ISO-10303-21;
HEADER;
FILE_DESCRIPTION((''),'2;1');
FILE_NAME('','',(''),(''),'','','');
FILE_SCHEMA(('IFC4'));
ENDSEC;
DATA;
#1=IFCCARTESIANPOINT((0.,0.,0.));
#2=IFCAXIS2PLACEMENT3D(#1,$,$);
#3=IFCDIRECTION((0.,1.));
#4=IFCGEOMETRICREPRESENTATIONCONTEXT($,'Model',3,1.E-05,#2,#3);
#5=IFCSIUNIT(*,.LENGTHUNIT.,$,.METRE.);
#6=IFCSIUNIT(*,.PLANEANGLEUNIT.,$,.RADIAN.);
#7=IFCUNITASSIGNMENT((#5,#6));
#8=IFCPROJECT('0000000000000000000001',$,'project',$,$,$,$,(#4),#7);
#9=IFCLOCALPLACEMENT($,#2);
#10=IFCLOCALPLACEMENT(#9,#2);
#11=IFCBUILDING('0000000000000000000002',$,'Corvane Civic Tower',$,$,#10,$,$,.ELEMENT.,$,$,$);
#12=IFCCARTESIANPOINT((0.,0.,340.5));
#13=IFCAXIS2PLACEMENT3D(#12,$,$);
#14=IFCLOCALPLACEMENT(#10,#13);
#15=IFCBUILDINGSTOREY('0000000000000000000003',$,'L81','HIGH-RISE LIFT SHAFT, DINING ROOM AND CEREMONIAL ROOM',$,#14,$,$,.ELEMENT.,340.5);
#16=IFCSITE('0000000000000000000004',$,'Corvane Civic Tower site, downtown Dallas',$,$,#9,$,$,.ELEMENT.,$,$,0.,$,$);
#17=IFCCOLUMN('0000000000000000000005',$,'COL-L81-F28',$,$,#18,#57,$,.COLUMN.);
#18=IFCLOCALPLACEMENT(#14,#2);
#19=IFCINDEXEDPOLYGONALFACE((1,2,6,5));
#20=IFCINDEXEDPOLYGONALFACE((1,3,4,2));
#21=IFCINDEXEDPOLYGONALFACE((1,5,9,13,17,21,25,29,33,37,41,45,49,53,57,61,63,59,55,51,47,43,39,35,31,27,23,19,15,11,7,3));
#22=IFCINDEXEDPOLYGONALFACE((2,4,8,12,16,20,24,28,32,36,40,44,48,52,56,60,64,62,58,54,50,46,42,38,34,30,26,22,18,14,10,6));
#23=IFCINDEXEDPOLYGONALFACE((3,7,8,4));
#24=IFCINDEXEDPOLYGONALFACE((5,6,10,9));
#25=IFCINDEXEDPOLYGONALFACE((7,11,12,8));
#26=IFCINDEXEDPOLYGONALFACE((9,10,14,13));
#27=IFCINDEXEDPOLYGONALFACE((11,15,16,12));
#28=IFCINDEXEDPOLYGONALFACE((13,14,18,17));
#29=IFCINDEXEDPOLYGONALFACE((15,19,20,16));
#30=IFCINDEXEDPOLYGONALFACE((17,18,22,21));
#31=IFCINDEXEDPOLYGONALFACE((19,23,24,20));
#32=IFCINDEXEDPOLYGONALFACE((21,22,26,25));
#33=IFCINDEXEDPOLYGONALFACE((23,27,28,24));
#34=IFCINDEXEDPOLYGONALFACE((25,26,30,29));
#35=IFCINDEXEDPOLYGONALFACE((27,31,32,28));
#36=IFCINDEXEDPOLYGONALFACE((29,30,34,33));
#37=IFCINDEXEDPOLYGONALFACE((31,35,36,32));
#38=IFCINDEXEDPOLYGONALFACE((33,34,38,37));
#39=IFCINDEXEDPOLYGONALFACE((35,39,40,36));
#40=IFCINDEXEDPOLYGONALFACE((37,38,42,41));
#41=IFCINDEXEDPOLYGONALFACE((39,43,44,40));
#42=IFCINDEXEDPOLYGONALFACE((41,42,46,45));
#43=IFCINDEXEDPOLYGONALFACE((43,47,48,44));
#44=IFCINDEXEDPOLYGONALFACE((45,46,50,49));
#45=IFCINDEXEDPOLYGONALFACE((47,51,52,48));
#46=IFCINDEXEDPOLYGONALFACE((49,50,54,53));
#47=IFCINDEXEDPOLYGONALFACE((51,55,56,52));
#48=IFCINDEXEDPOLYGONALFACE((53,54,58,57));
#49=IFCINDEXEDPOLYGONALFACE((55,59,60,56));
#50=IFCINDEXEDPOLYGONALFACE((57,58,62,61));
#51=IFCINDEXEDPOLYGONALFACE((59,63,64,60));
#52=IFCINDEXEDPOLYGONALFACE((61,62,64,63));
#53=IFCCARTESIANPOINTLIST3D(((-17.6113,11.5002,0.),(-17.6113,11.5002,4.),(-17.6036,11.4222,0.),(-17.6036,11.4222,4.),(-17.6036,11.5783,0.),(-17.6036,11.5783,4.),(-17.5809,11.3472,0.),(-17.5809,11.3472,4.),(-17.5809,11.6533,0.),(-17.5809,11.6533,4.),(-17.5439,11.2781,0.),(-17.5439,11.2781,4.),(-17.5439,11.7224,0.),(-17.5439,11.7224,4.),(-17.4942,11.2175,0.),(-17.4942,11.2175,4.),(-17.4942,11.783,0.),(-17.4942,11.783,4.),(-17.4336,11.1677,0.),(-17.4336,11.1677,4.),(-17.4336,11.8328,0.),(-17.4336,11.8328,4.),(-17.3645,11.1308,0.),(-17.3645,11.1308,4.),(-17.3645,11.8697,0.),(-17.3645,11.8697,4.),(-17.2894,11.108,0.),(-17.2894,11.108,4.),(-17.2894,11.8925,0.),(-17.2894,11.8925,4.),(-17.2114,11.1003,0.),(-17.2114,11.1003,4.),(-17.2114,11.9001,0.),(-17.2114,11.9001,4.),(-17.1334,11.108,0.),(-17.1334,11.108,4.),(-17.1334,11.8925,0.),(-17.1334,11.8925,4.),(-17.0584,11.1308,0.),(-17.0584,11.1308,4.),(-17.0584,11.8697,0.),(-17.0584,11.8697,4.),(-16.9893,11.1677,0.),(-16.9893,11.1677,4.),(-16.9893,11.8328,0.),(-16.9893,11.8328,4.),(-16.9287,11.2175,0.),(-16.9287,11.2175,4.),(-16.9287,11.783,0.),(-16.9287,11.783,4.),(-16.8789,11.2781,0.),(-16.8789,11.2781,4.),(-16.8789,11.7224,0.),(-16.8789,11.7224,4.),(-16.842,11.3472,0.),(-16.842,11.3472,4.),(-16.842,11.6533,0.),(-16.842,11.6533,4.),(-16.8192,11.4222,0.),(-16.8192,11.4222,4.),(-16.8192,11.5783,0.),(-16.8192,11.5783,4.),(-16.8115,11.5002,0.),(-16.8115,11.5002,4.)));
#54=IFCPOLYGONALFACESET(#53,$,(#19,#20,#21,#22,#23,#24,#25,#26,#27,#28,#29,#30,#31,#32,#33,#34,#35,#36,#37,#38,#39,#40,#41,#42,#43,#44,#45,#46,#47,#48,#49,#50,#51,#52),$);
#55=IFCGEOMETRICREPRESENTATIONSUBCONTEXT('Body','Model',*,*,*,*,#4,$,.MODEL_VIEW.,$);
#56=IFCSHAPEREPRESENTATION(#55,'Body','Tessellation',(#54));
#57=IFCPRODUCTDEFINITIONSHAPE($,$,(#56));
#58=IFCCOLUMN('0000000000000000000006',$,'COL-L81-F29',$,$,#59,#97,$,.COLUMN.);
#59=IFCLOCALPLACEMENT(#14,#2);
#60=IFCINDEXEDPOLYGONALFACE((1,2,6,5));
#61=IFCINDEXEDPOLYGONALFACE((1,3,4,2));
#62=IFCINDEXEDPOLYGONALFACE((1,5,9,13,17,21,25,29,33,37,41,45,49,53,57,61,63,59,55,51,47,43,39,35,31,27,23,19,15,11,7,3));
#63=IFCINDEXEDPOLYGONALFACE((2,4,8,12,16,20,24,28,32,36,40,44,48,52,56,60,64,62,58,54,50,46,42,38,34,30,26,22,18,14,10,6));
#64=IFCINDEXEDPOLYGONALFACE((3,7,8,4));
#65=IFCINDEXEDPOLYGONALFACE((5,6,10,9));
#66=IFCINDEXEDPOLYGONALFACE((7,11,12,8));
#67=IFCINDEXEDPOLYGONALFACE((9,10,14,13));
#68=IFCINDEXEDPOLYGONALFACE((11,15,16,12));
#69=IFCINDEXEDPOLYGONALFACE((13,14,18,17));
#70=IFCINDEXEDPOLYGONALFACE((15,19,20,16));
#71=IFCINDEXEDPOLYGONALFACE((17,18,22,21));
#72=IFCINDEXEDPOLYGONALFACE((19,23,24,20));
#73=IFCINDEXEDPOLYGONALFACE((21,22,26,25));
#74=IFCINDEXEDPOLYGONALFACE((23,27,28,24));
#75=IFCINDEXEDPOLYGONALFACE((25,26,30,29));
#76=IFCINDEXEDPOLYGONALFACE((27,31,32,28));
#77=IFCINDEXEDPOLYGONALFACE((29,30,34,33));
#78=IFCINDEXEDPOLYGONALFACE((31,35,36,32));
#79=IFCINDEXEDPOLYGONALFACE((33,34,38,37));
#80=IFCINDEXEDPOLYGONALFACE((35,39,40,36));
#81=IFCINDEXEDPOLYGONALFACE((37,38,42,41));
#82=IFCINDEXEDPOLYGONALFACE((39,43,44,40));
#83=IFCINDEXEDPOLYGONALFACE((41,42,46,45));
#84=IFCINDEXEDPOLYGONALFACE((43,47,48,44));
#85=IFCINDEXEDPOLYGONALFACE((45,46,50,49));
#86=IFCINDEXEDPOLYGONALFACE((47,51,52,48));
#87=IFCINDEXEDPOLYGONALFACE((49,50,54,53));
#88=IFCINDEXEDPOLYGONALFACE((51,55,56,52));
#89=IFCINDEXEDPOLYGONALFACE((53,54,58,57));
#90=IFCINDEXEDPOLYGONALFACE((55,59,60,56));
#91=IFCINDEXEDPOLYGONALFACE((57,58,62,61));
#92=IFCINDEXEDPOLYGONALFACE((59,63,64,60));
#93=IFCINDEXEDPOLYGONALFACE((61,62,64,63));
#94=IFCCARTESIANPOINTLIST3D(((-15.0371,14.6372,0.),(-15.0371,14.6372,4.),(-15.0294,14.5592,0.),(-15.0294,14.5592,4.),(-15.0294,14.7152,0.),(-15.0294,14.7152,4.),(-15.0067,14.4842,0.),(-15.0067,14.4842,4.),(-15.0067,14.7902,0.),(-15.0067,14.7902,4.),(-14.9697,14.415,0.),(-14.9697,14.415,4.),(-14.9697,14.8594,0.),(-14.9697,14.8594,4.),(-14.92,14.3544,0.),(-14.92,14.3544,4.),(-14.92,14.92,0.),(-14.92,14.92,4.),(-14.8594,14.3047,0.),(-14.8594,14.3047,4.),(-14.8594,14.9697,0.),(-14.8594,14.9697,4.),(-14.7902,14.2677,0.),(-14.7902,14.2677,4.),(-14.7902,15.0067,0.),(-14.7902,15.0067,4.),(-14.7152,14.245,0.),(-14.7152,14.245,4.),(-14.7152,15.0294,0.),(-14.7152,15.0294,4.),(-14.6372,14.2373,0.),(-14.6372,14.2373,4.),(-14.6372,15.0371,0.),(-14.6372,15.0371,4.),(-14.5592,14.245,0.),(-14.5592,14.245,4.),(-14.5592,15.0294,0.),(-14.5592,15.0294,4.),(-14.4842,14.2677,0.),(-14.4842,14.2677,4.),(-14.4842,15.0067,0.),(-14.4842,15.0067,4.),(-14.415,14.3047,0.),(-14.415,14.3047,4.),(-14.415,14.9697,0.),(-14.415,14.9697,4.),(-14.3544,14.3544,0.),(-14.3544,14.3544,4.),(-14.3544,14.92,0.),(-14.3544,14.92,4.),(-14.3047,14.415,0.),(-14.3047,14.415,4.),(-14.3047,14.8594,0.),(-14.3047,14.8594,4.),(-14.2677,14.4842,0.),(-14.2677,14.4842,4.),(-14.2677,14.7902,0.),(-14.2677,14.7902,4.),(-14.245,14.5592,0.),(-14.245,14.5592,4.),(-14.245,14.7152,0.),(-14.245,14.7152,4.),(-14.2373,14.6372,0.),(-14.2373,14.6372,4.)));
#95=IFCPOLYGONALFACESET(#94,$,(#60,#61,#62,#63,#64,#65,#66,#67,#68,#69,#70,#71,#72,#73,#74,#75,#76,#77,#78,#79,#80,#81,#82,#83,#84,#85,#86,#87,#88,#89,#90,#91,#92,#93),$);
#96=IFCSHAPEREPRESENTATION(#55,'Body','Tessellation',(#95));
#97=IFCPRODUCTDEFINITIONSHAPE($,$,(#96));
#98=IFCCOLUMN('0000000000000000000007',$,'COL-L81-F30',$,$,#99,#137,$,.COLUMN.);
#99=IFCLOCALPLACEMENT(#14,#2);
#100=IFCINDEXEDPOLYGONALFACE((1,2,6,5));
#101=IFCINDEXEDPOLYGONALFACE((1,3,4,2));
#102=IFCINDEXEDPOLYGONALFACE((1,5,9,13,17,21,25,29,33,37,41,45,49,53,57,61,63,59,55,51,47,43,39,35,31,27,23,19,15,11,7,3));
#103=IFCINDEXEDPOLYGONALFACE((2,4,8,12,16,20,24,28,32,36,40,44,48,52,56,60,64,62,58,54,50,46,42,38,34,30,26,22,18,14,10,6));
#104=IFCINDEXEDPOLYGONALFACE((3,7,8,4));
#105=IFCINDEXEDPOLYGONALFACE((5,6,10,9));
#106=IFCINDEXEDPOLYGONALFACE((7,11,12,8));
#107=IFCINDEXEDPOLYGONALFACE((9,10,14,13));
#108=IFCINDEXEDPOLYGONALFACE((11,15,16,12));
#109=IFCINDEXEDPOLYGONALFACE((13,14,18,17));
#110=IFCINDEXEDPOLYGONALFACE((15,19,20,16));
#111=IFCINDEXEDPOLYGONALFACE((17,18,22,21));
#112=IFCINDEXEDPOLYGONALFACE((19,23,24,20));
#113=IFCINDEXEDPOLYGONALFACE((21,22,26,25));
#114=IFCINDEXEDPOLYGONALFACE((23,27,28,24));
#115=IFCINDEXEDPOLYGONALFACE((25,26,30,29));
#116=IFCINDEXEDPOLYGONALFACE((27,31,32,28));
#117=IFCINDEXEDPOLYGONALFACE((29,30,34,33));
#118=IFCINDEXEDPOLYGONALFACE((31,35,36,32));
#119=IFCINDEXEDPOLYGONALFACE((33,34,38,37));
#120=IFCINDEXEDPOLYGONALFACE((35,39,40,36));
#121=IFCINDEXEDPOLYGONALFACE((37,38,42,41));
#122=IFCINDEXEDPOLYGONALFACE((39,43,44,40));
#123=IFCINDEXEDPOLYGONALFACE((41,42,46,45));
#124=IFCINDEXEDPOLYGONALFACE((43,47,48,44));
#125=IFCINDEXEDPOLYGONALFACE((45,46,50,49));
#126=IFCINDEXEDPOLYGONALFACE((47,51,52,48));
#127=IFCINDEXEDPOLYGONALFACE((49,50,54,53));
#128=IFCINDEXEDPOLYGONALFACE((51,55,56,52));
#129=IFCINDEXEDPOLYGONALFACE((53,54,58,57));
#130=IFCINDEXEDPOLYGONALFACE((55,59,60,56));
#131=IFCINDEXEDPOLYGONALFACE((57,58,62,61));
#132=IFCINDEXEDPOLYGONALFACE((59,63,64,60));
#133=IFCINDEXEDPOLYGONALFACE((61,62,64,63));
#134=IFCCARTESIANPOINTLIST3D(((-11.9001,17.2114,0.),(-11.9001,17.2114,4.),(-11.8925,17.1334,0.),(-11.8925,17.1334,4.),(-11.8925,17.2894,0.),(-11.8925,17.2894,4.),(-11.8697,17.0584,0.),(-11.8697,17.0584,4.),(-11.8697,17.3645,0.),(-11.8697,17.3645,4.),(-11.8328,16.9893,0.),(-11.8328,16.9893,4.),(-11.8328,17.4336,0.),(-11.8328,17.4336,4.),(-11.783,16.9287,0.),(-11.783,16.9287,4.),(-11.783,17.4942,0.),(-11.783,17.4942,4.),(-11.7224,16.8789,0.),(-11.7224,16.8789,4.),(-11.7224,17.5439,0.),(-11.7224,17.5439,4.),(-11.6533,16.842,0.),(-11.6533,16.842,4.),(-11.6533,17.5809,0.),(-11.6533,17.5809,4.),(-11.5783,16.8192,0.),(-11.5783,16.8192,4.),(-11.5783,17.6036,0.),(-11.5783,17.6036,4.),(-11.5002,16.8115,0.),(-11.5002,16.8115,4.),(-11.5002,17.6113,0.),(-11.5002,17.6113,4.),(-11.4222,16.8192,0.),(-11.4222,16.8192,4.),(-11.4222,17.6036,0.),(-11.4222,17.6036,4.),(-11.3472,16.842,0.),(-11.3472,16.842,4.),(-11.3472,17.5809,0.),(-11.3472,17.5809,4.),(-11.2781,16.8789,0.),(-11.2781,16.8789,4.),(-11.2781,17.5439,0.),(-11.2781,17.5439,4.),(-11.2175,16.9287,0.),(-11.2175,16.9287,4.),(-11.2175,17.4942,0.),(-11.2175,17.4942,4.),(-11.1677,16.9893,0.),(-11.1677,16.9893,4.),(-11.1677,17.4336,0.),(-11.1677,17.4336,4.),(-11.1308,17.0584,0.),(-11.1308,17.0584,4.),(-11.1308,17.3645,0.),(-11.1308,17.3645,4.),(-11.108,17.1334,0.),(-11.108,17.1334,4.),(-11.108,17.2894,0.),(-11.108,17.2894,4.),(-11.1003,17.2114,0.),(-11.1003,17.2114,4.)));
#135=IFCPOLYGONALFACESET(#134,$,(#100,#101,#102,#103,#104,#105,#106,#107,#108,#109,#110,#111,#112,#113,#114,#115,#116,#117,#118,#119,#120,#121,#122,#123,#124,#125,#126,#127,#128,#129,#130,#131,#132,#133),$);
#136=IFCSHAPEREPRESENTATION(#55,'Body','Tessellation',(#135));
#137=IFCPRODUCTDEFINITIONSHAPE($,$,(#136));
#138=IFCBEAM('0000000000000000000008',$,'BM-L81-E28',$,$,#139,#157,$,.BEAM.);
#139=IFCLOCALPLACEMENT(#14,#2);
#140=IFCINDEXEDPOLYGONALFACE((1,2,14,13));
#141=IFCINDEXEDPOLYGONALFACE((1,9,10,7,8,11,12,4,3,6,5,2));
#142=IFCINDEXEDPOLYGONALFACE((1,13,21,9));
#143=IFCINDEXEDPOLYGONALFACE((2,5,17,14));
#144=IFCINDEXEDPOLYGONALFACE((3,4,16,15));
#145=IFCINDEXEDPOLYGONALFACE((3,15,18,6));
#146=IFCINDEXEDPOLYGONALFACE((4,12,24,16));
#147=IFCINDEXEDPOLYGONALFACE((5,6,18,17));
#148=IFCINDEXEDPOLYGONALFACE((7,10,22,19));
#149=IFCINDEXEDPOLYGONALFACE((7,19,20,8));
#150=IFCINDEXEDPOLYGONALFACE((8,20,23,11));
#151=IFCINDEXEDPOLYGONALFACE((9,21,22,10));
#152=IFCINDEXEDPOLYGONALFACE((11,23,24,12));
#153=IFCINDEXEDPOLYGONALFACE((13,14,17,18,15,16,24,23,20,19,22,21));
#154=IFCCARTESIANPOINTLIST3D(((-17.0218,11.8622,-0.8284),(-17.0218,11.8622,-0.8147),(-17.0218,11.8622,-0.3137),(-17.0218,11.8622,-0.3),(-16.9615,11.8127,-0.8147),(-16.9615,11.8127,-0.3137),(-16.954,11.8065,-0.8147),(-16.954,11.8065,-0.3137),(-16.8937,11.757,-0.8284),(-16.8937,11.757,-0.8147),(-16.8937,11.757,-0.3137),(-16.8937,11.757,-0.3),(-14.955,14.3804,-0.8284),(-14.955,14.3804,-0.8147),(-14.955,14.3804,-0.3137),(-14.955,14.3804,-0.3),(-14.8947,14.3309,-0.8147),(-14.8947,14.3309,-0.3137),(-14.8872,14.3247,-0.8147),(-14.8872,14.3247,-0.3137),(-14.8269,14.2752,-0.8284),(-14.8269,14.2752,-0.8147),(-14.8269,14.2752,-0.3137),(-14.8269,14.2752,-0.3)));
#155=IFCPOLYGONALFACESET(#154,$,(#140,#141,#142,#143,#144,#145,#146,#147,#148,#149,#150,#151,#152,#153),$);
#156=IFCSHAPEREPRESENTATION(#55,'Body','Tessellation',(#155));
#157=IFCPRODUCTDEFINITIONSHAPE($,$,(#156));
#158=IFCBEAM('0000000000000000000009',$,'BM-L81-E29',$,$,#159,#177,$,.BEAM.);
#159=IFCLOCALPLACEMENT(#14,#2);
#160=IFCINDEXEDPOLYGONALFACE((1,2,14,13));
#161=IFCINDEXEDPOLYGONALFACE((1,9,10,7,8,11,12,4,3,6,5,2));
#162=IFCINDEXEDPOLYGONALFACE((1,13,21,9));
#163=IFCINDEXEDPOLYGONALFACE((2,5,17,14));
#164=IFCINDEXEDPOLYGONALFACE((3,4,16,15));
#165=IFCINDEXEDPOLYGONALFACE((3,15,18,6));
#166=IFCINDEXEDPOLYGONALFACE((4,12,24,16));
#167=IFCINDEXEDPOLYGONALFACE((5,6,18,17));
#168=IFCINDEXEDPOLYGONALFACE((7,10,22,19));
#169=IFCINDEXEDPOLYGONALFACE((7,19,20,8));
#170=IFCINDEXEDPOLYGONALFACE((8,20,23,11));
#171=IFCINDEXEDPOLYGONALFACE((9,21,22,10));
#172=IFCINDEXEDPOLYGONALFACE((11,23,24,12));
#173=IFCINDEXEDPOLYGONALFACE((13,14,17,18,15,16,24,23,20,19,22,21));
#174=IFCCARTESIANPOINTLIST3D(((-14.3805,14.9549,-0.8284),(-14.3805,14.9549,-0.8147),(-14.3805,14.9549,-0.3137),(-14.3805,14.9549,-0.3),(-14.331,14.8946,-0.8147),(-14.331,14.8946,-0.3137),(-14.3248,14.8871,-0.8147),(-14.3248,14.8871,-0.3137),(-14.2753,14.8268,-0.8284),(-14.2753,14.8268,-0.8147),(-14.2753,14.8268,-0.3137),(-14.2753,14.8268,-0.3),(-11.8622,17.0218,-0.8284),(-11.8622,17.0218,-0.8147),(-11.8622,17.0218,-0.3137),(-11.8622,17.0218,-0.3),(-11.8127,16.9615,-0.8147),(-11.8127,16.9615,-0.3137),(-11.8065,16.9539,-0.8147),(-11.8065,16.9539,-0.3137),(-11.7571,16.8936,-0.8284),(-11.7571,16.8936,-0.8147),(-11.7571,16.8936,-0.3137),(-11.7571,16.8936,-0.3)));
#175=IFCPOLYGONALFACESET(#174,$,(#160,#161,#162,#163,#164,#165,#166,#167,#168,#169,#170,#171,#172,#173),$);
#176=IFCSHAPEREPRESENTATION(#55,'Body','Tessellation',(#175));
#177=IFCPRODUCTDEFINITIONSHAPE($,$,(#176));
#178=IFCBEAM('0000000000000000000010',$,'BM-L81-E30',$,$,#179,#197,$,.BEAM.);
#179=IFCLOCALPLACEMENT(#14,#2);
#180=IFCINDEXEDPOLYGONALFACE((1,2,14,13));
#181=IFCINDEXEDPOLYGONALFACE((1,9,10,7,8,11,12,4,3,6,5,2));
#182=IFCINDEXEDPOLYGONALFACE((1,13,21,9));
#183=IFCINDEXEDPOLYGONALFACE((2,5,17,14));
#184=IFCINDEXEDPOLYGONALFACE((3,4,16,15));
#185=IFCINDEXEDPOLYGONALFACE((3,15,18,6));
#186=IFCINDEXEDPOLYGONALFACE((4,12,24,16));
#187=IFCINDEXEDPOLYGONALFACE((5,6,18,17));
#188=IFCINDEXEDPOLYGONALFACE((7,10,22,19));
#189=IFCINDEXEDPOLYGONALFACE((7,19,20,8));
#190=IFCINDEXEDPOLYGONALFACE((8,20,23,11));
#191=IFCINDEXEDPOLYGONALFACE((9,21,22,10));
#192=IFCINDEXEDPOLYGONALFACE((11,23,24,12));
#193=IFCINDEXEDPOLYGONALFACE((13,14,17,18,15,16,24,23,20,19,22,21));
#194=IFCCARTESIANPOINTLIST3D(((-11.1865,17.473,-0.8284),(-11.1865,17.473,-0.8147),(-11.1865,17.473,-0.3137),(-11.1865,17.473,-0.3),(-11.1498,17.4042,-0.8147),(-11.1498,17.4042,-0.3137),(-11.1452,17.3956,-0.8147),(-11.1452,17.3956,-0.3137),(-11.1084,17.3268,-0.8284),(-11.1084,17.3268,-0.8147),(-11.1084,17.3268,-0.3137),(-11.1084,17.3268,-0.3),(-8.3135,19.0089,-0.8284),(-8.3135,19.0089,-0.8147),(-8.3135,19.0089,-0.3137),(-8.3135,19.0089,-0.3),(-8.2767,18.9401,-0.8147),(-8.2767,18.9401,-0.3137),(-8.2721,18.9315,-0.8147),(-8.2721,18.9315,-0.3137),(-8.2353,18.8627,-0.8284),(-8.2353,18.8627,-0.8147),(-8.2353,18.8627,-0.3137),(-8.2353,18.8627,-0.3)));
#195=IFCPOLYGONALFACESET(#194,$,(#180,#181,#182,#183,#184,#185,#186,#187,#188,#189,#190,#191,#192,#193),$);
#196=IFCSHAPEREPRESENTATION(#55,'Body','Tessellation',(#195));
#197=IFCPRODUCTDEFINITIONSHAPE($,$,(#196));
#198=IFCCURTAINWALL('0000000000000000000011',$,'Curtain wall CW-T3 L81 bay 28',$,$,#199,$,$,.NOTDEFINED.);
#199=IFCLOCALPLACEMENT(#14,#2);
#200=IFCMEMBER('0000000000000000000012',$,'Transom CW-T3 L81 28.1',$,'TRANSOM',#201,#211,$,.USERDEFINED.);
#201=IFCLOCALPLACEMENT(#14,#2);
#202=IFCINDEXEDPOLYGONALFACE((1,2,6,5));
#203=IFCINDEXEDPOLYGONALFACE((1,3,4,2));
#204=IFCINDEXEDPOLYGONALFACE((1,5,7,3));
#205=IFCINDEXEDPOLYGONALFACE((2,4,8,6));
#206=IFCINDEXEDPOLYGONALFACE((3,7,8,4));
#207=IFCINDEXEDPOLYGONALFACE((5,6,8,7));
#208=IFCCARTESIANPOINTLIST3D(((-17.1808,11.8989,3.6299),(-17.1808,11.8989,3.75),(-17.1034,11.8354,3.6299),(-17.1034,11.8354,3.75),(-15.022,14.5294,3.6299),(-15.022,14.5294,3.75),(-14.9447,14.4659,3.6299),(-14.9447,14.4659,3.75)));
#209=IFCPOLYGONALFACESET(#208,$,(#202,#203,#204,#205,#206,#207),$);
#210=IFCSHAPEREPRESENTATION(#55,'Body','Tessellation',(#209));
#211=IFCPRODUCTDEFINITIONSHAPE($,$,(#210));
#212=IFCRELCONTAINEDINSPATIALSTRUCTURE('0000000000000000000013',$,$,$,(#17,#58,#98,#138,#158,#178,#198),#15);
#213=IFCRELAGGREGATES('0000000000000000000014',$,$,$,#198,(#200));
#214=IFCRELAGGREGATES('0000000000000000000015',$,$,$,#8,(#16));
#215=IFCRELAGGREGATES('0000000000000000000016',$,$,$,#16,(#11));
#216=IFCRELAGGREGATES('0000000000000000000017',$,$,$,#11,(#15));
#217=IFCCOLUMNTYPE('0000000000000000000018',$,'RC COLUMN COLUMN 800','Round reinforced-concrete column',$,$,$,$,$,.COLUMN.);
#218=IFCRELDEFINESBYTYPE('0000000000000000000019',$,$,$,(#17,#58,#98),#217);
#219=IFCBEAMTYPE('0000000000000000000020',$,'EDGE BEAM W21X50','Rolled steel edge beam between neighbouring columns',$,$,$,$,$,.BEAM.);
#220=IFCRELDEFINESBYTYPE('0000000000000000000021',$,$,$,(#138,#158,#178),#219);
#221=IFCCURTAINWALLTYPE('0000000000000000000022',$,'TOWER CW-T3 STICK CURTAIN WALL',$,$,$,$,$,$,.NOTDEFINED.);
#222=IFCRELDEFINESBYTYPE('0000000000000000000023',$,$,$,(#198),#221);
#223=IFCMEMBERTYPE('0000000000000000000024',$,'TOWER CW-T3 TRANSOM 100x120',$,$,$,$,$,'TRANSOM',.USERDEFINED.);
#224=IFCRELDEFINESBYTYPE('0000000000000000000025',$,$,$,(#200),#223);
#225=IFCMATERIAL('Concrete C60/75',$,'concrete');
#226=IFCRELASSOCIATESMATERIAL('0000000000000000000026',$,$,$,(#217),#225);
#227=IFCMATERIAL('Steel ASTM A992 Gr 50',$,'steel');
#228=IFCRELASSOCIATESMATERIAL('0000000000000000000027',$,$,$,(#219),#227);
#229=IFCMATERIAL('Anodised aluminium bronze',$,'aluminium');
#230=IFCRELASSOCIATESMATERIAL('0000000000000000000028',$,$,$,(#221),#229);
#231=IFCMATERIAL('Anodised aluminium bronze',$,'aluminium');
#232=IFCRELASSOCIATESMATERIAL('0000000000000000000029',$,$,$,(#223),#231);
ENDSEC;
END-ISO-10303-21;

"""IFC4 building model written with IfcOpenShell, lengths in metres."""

from ifc_helpers import new_model, si_unit, direction, frame, origin, origin_2d, place, context, subcontext, project, spatial, rectangle, circle, i_section, extrude, material, material_profile, profile_set, type_object, element, aggregate, save


model = new_model("IFC4")

# Units and contexts
model_context = context("Model", 3, precision=1e-05, world=origin(), true_north=direction((0.0, 1.0)))
body_context = subcontext(model_context, "Body", "Model", "MODEL_VIEW")
ifc_project = project(units=[si_unit("LENGTHUNIT", "METRE"), si_unit("PLANEANGLEUNIT", "RADIAN")], contexts=[model_context])

# Site, building, storey
site_placement = place(None, origin())
site = spatial("IfcSite", under=ifc_project, at=site_placement, Name="Corvane Civic Tower site, downtown Dallas", CompositionType="ELEMENT", RefElevation=0.0)
building_placement = place(site_placement, origin())
building = spatial("IfcBuilding", under=site, at=building_placement, Name="Corvane Civic Tower", CompositionType="ELEMENT")
storey_placement = place(building_placement, frame((0.0, 0.0, 340.5)))
storey = spatial("IfcBuildingStorey", under=building, at=storey_placement, Name="L81", Description="HIGH-RISE LIFT SHAFT, DINING ROOM AND CEREMONIAL ROOM", CompositionType="ELEMENT", Elevation=340.5)

# Columns
ifc_material_1 = material(Name="Concrete C60/75", Category="concrete")
ifc_material_profile_1 = material_profile(ifc_material_1, circle(Radius=0.3999, at=origin_2d()), Name="COLUMN 800")
ifc_profile_set_1 = profile_set([ifc_material_profile_1], Name="Concrete C60/75")
column_type = type_object("IfcColumnType", Name="RC COLUMN COLUMN 800", Description="Round reinforced-concrete column", PredefinedType="COLUMN", material=ifc_profile_set_1)
for number, where, z_axis, x_axis, name in (
    (1, (-17.2114, 11.5002, 0.0), (0.0, 0.0, 1.0), (1.0, 0.0, 0.0), "COL-L81-F28"),
    (2, (-14.6372, 14.6372, 0.0), (0.0, 0.0, 1.0), (1.0, 0.0, 0.0), "COL-L81-F29"),
    (3, (-11.5002, 17.2114, 0.0), (0.0, 0.0, 1.0), (1.0, 0.0, 0.0), "COL-L81-F30"),
):
    element("IfcColumn", number, at=place(storey_placement, frame(where, z_axis=z_axis, x_axis=x_axis)), inside=storey, type_object=column_type, Name=name, PredefinedType="COLUMN", context=body_context, shape_type="SweptSolid", body=[
        extrude(circle(Radius=0.3999, at=origin_2d()), origin(), (0.0, 0.0, 1.0), 4.0),
    ])

# Beams
ifc_material_2 = material(Name="Steel ASTM A992 Gr 50", Category="steel")
ifc_material_profile_2 = material_profile(ifc_material_2, i_section(OverallWidth=0.1658, OverallDepth=0.5283, WebThickness=0.0098, FlangeThickness=0.0137, at=origin_2d()), Name="W21X50")
ifc_profile_set_2 = profile_set([ifc_material_profile_2], Name="Steel ASTM A992 Gr 50")
beam_type = type_object("IfcBeamType", Name="EDGE BEAM W21X50", Description="Rolled steel edge beam between neighbouring columns", PredefinedType="BEAM", material=ifc_profile_set_2)
for number, where, z_axis, x_axis, name in (
    (4, (-16.9578, 11.8096, -0.5642), (0.634425, 0.772985, 0.0), (-0.772985, 0.634425, 0.0), "BM-L81-E28"),
    (5, (-14.3279, 14.8909, -0.5642), (0.772985, 0.634425, 0.0), (-0.634425, 0.772985, 0.0), "BM-L81-E29"),
    (6, (-11.1475, 17.3999, -0.5642), (0.881894, 0.471448, 0.0), (-0.471448, 0.881894, 0.0), "BM-L81-E30"),
):
    element("IfcBeam", number, at=place(storey_placement, frame(where, z_axis=z_axis, x_axis=x_axis)), inside=storey, type_object=beam_type, Name=name, PredefinedType="BEAM", context=body_context, shape_type="SweptSolid", body=[
        extrude(i_section(OverallWidth=0.1658, OverallDepth=0.5283, WebThickness=0.0098, FlangeThickness=0.0137, at=origin_2d()), origin(), (0.0, 0.0, 1.0), 3.2578),
    ])

# Curtain wall, member
ifc_material_3 = material(Name="Anodised aluminium bronze", Category="aluminium")
curtain_wall_type = type_object("IfcCurtainWallType", Name="TOWER CW-T3 STICK CURTAIN WALL", PredefinedType="NOTDEFINED", material=ifc_material_3)
curtain_wall_1_placement = place(storey_placement, origin())
curtain_wall_1 = element("IfcCurtainWall", 7, at=curtain_wall_1_placement, inside=storey, type_object=curtain_wall_type, Name="Curtain wall CW-T3 L81 bay 28", PredefinedType="NOTDEFINED")
ifc_material_4 = material(Name="Anodised aluminium bronze", Category="aluminium")
ifc_material_profile_3 = material_profile(ifc_material_4, rectangle(XDim=0.1001, YDim=0.1201, at=origin_2d()), Name="TOWER CW-T3 TRANSOM 100x120")
ifc_profile_set_3 = profile_set([ifc_material_profile_3], Name="Anodised aluminium bronze")
member_type = type_object("IfcMemberType", Name="TOWER CW-T3 TRANSOM 100x120", ElementType="TRANSOM", PredefinedType="USERDEFINED", material=ifc_profile_set_3)
member_1_placement = place(storey_placement, frame((-17.1421, 11.8672, 3.6899), z_axis=(0.634394, 0.77301, 0.0), x_axis=(-0.77301, 0.634394, 0.0)))
member_1 = element("IfcMember", 8, at=member_1_placement, type_object=member_type, Name="Transom CW-T3 L81 28.1", ObjectType="TRANSOM", PredefinedType="USERDEFINED", context=body_context, shape_type="SweptSolid", body=[
    extrude(rectangle(XDim=0.1001, YDim=0.1201, at=origin_2d()), origin(), (0.0, 0.0, 1.0), 3.4028),
])

aggregate(curtain_wall_1, [member_1])

save(model, "model.ifc")
